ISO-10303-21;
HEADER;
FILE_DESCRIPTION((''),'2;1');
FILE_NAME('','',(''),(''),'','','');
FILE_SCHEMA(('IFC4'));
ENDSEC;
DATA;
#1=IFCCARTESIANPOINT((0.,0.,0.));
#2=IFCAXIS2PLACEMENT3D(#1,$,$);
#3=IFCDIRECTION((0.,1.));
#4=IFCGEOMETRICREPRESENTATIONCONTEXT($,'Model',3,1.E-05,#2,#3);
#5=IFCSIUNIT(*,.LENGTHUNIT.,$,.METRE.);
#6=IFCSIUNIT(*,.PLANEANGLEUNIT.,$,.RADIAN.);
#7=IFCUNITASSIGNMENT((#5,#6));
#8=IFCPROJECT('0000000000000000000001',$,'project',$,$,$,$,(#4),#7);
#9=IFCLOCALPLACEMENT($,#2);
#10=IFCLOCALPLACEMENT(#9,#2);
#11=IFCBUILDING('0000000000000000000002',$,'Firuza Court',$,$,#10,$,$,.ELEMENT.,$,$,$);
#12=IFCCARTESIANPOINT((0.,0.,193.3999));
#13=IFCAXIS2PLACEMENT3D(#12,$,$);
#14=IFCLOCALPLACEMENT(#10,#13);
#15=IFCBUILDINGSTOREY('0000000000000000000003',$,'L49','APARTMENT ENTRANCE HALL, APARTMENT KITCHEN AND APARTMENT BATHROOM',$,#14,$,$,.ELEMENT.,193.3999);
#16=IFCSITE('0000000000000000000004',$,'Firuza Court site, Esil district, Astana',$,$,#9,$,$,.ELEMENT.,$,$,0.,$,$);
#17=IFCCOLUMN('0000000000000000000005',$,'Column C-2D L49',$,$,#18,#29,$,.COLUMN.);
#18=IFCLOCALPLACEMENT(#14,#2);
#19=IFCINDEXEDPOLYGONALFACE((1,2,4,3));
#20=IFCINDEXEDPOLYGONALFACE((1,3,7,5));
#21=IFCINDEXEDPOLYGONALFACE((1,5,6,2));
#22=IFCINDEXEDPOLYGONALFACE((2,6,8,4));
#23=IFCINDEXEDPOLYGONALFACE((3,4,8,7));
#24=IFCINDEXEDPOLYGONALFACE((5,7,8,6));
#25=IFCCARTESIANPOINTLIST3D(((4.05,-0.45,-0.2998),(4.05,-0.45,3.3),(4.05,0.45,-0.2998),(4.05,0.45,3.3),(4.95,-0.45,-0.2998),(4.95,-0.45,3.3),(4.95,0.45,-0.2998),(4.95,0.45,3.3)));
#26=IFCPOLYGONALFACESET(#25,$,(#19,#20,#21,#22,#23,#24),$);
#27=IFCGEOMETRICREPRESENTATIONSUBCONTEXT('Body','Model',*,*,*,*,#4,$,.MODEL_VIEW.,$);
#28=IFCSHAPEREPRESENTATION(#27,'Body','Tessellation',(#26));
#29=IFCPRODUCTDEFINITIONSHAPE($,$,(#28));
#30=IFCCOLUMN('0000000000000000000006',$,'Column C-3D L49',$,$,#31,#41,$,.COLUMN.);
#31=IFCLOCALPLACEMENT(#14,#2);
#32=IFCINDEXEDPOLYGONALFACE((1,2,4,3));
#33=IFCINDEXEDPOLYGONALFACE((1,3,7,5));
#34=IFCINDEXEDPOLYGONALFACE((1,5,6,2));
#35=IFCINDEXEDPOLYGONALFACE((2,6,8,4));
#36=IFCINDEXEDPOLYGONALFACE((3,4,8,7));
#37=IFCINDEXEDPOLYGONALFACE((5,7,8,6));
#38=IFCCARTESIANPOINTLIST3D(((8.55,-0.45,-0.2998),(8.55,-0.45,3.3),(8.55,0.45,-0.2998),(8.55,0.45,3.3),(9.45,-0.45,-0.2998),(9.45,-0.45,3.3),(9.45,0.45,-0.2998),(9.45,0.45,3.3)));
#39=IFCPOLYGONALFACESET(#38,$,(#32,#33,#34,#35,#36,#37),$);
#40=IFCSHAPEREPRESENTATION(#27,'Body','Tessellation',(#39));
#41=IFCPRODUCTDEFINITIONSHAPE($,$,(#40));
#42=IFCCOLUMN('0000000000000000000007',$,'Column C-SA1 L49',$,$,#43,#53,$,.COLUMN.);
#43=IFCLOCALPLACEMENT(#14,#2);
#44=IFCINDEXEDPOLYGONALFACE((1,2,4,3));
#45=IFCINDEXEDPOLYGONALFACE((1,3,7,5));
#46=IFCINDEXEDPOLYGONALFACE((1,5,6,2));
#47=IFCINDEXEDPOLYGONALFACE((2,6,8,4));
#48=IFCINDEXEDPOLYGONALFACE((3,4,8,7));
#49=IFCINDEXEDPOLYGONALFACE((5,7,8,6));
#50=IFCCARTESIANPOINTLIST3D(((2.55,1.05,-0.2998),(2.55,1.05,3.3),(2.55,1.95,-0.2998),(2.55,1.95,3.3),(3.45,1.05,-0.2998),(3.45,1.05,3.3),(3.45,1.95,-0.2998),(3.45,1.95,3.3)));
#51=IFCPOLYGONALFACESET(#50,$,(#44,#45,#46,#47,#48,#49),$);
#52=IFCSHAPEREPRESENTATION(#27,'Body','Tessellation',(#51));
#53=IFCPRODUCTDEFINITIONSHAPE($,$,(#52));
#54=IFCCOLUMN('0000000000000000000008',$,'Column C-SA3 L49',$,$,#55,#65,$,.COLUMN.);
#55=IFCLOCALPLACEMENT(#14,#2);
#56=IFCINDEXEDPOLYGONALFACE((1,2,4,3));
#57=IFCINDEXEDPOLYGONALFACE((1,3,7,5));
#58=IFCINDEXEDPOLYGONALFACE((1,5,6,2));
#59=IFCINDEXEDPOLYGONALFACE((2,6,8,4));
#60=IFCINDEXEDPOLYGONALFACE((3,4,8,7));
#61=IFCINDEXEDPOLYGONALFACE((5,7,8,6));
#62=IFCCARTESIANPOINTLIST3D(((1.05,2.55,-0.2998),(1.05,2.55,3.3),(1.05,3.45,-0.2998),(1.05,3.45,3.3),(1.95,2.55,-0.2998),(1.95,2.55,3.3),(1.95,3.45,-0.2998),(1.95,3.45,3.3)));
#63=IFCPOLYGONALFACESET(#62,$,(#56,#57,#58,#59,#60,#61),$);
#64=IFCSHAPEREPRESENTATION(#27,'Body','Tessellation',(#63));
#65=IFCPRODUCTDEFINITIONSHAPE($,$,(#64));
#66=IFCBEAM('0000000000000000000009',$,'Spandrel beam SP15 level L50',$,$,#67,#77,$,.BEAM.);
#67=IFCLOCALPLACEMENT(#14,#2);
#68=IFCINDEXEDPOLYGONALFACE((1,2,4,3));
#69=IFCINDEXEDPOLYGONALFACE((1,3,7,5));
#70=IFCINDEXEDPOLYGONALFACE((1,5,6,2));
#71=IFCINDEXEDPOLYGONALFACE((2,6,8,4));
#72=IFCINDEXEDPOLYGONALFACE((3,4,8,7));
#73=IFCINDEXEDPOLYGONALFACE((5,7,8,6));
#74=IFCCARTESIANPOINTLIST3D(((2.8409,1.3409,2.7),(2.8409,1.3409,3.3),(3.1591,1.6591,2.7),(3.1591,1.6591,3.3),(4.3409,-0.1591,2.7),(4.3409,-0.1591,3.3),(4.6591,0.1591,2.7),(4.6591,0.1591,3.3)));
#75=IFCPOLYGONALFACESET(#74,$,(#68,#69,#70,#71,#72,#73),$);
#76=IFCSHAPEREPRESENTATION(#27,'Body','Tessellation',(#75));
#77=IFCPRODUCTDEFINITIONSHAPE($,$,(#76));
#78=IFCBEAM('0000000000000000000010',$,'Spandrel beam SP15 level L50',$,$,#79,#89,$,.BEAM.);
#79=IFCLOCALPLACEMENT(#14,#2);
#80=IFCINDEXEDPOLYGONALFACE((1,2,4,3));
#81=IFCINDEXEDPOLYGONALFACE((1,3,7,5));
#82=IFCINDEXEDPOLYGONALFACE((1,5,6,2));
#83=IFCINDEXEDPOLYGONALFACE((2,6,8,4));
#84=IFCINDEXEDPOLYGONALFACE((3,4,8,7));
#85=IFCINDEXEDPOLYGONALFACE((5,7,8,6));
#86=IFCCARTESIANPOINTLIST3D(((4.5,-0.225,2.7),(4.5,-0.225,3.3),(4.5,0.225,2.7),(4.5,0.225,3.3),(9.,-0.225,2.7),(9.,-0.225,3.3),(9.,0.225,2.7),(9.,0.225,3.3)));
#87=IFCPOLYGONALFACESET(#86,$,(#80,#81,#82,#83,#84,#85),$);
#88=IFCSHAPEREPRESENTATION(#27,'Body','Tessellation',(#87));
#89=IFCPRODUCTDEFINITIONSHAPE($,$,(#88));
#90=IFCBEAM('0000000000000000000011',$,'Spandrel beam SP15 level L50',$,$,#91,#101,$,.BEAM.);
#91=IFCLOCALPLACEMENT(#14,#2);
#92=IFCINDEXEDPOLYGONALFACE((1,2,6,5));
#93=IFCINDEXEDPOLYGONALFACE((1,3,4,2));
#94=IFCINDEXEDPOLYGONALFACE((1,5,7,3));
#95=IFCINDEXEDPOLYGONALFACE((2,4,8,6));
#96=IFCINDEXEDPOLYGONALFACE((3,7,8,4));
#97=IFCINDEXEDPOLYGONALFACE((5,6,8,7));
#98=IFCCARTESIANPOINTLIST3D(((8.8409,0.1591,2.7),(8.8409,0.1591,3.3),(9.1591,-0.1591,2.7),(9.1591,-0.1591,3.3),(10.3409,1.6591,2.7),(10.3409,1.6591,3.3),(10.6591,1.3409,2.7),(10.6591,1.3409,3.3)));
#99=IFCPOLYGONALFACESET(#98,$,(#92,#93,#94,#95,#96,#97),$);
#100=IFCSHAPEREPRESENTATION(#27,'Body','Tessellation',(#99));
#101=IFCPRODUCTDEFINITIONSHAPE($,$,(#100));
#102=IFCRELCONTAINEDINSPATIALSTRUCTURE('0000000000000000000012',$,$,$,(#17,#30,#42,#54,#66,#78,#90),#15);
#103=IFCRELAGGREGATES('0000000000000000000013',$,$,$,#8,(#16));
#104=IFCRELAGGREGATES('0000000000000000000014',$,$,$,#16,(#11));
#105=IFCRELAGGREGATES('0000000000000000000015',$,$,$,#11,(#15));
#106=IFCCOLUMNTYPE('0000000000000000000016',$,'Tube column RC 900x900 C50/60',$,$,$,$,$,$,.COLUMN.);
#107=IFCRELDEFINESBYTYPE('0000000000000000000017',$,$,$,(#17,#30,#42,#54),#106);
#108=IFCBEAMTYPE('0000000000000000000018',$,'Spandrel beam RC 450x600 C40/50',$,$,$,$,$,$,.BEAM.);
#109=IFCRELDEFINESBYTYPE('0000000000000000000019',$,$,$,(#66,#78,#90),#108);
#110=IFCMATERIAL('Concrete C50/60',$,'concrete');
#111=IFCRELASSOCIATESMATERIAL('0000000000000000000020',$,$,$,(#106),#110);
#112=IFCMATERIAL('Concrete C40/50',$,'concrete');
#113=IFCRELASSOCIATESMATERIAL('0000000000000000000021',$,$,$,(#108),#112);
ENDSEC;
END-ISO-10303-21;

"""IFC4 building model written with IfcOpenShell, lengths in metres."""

from ifc_helpers import new_model, si_unit, direction, frame, origin, origin_2d, place, context, subcontext, project, spatial, rectangle, extrude, material, material_profile, profile_set, type_object, element, save


model = new_model("IFC4")

# Units and contexts
model_context = context("Model", 3, precision=1e-05, world=origin(), true_north=direction((0.0, 1.0)))
body_context = subcontext(model_context, "Body", "Model", "MODEL_VIEW")
ifc_project = project(units=[si_unit("LENGTHUNIT", "METRE"), si_unit("PLANEANGLEUNIT", "RADIAN")], contexts=[model_context])

# Site, building, storey
site_placement = place(None, origin())
site = spatial("IfcSite", under=ifc_project, at=site_placement, Name="Firuza Court site, Esil district, Astana", CompositionType="ELEMENT", RefElevation=0.0)
building_placement = place(site_placement, origin())
building = spatial("IfcBuilding", under=site, at=building_placement, Name="Firuza Court", CompositionType="ELEMENT")
storey_placement = place(building_placement, frame((0.0, 0.0, 193.3999)))
storey = spatial("IfcBuildingStorey", under=building, at=storey_placement, Name="L49", Description="APARTMENT ENTRANCE HALL, APARTMENT KITCHEN AND APARTMENT BATHROOM", CompositionType="ELEMENT", Elevation=193.3999)

# Columns
ifc_material_1 = material(Name="Concrete C50/60", Category="concrete")
ifc_material_profile_1 = material_profile(ifc_material_1, rectangle(XDim=0.8999, YDim=0.8999, at=origin_2d()), Name="RC 900x900")
ifc_profile_set_1 = profile_set([ifc_material_profile_1], Name="Concrete C50/60")
column_type = type_object("IfcColumnType", Name="Tube column RC 900x900 C50/60", PredefinedType="COLUMN", material=ifc_profile_set_1)
for number, where, z_axis, x_axis, name in (
    (1, (4.5, 0.0, -0.2998), (0.0, 0.0, 1.0), (1.0, 0.0, 0.0), "Column C-2D L49"),
    (2, (9.0, 0.0, -0.2998), (0.0, 0.0, 1.0), (1.0, 0.0, 0.0), "Column C-3D L49"),
    (3, (3.0, 1.5, -0.2998), (0.0, 0.0, 1.0), (1.0, 0.0, 0.0), "Column C-SA1 L49"),
    (4, (1.5, 3.0, -0.2998), (0.0, 0.0, 1.0), (1.0, 0.0, 0.0), "Column C-SA3 L49"),
):
    element("IfcColumn", number, at=place(storey_placement, frame(where, z_axis=z_axis, x_axis=x_axis)), inside=storey, type_object=column_type, Name=name, PredefinedType="COLUMN", context=body_context, shape_type="SweptSolid", body=[
        extrude(rectangle(XDim=0.8999, YDim=0.8999, at=origin_2d()), origin(), (0.0, 0.0, 1.0), 3.5999),
    ])

# Beams
ifc_material_2 = material(Name="Concrete C40/50", Category="concrete")
ifc_material_profile_2 = material_profile(ifc_material_2, rectangle(XDim=0.45, YDim=0.6001, at=origin_2d()), Name="RC 450x600")
ifc_profile_set_2 = profile_set([ifc_material_profile_2], Name="Concrete C40/50")
beam_type = type_object("IfcBeamType", Name="Spandrel beam RC 450x600 C40/50", PredefinedType="BEAM", material=ifc_profile_set_2)
beam_1_placement = place(storey_placement, frame((3.0, 1.5, 3.0), z_axis=(0.707107, -0.707107, 0.0), x_axis=(0.707107, 0.707107, 0.0)))
element("IfcBeam", 5, at=beam_1_placement, inside=storey, type_object=beam_type, Name="Spandrel beam SP15 level L50", PredefinedType="BEAM", context=body_context, shape_type="SweptSolid", body=[
    extrude(rectangle(XDim=0.45, YDim=0.6001, at=origin_2d()), origin(), (0.0, 0.0, 1.0), 2.1213),
])
beam_2_placement = place(storey_placement, frame((4.5, 0.0, 3.0), z_axis=(1.0, 0.0, 0.0), x_axis=(0.0, 1.0, 0.0)))
element("IfcBeam", 6, at=beam_2_placement, inside=storey, type_object=beam_type, Name="Spandrel beam SP15 level L50", PredefinedType="BEAM", context=body_context, shape_type="SweptSolid", body=[
    extrude(rectangle(XDim=0.45, YDim=0.6001, at=origin_2d()), origin(), (0.0, 0.0, 1.0), 4.5),
])
beam_3_placement = place(storey_placement, frame((9.0, 0.0, 3.0), z_axis=(0.707107, 0.707107, 0.0), x_axis=(-0.707107, 0.707107, 0.0)))
element("IfcBeam", 7, at=beam_3_placement, inside=storey, type_object=beam_type, Name="Spandrel beam SP15 level L50", PredefinedType="BEAM", context=body_context, shape_type="SweptSolid", body=[
    extrude(rectangle(XDim=0.45, YDim=0.6001, at=origin_2d()), origin(), (0.0, 0.0, 1.0), 2.1213),
])

save(model, "model.ifc")
